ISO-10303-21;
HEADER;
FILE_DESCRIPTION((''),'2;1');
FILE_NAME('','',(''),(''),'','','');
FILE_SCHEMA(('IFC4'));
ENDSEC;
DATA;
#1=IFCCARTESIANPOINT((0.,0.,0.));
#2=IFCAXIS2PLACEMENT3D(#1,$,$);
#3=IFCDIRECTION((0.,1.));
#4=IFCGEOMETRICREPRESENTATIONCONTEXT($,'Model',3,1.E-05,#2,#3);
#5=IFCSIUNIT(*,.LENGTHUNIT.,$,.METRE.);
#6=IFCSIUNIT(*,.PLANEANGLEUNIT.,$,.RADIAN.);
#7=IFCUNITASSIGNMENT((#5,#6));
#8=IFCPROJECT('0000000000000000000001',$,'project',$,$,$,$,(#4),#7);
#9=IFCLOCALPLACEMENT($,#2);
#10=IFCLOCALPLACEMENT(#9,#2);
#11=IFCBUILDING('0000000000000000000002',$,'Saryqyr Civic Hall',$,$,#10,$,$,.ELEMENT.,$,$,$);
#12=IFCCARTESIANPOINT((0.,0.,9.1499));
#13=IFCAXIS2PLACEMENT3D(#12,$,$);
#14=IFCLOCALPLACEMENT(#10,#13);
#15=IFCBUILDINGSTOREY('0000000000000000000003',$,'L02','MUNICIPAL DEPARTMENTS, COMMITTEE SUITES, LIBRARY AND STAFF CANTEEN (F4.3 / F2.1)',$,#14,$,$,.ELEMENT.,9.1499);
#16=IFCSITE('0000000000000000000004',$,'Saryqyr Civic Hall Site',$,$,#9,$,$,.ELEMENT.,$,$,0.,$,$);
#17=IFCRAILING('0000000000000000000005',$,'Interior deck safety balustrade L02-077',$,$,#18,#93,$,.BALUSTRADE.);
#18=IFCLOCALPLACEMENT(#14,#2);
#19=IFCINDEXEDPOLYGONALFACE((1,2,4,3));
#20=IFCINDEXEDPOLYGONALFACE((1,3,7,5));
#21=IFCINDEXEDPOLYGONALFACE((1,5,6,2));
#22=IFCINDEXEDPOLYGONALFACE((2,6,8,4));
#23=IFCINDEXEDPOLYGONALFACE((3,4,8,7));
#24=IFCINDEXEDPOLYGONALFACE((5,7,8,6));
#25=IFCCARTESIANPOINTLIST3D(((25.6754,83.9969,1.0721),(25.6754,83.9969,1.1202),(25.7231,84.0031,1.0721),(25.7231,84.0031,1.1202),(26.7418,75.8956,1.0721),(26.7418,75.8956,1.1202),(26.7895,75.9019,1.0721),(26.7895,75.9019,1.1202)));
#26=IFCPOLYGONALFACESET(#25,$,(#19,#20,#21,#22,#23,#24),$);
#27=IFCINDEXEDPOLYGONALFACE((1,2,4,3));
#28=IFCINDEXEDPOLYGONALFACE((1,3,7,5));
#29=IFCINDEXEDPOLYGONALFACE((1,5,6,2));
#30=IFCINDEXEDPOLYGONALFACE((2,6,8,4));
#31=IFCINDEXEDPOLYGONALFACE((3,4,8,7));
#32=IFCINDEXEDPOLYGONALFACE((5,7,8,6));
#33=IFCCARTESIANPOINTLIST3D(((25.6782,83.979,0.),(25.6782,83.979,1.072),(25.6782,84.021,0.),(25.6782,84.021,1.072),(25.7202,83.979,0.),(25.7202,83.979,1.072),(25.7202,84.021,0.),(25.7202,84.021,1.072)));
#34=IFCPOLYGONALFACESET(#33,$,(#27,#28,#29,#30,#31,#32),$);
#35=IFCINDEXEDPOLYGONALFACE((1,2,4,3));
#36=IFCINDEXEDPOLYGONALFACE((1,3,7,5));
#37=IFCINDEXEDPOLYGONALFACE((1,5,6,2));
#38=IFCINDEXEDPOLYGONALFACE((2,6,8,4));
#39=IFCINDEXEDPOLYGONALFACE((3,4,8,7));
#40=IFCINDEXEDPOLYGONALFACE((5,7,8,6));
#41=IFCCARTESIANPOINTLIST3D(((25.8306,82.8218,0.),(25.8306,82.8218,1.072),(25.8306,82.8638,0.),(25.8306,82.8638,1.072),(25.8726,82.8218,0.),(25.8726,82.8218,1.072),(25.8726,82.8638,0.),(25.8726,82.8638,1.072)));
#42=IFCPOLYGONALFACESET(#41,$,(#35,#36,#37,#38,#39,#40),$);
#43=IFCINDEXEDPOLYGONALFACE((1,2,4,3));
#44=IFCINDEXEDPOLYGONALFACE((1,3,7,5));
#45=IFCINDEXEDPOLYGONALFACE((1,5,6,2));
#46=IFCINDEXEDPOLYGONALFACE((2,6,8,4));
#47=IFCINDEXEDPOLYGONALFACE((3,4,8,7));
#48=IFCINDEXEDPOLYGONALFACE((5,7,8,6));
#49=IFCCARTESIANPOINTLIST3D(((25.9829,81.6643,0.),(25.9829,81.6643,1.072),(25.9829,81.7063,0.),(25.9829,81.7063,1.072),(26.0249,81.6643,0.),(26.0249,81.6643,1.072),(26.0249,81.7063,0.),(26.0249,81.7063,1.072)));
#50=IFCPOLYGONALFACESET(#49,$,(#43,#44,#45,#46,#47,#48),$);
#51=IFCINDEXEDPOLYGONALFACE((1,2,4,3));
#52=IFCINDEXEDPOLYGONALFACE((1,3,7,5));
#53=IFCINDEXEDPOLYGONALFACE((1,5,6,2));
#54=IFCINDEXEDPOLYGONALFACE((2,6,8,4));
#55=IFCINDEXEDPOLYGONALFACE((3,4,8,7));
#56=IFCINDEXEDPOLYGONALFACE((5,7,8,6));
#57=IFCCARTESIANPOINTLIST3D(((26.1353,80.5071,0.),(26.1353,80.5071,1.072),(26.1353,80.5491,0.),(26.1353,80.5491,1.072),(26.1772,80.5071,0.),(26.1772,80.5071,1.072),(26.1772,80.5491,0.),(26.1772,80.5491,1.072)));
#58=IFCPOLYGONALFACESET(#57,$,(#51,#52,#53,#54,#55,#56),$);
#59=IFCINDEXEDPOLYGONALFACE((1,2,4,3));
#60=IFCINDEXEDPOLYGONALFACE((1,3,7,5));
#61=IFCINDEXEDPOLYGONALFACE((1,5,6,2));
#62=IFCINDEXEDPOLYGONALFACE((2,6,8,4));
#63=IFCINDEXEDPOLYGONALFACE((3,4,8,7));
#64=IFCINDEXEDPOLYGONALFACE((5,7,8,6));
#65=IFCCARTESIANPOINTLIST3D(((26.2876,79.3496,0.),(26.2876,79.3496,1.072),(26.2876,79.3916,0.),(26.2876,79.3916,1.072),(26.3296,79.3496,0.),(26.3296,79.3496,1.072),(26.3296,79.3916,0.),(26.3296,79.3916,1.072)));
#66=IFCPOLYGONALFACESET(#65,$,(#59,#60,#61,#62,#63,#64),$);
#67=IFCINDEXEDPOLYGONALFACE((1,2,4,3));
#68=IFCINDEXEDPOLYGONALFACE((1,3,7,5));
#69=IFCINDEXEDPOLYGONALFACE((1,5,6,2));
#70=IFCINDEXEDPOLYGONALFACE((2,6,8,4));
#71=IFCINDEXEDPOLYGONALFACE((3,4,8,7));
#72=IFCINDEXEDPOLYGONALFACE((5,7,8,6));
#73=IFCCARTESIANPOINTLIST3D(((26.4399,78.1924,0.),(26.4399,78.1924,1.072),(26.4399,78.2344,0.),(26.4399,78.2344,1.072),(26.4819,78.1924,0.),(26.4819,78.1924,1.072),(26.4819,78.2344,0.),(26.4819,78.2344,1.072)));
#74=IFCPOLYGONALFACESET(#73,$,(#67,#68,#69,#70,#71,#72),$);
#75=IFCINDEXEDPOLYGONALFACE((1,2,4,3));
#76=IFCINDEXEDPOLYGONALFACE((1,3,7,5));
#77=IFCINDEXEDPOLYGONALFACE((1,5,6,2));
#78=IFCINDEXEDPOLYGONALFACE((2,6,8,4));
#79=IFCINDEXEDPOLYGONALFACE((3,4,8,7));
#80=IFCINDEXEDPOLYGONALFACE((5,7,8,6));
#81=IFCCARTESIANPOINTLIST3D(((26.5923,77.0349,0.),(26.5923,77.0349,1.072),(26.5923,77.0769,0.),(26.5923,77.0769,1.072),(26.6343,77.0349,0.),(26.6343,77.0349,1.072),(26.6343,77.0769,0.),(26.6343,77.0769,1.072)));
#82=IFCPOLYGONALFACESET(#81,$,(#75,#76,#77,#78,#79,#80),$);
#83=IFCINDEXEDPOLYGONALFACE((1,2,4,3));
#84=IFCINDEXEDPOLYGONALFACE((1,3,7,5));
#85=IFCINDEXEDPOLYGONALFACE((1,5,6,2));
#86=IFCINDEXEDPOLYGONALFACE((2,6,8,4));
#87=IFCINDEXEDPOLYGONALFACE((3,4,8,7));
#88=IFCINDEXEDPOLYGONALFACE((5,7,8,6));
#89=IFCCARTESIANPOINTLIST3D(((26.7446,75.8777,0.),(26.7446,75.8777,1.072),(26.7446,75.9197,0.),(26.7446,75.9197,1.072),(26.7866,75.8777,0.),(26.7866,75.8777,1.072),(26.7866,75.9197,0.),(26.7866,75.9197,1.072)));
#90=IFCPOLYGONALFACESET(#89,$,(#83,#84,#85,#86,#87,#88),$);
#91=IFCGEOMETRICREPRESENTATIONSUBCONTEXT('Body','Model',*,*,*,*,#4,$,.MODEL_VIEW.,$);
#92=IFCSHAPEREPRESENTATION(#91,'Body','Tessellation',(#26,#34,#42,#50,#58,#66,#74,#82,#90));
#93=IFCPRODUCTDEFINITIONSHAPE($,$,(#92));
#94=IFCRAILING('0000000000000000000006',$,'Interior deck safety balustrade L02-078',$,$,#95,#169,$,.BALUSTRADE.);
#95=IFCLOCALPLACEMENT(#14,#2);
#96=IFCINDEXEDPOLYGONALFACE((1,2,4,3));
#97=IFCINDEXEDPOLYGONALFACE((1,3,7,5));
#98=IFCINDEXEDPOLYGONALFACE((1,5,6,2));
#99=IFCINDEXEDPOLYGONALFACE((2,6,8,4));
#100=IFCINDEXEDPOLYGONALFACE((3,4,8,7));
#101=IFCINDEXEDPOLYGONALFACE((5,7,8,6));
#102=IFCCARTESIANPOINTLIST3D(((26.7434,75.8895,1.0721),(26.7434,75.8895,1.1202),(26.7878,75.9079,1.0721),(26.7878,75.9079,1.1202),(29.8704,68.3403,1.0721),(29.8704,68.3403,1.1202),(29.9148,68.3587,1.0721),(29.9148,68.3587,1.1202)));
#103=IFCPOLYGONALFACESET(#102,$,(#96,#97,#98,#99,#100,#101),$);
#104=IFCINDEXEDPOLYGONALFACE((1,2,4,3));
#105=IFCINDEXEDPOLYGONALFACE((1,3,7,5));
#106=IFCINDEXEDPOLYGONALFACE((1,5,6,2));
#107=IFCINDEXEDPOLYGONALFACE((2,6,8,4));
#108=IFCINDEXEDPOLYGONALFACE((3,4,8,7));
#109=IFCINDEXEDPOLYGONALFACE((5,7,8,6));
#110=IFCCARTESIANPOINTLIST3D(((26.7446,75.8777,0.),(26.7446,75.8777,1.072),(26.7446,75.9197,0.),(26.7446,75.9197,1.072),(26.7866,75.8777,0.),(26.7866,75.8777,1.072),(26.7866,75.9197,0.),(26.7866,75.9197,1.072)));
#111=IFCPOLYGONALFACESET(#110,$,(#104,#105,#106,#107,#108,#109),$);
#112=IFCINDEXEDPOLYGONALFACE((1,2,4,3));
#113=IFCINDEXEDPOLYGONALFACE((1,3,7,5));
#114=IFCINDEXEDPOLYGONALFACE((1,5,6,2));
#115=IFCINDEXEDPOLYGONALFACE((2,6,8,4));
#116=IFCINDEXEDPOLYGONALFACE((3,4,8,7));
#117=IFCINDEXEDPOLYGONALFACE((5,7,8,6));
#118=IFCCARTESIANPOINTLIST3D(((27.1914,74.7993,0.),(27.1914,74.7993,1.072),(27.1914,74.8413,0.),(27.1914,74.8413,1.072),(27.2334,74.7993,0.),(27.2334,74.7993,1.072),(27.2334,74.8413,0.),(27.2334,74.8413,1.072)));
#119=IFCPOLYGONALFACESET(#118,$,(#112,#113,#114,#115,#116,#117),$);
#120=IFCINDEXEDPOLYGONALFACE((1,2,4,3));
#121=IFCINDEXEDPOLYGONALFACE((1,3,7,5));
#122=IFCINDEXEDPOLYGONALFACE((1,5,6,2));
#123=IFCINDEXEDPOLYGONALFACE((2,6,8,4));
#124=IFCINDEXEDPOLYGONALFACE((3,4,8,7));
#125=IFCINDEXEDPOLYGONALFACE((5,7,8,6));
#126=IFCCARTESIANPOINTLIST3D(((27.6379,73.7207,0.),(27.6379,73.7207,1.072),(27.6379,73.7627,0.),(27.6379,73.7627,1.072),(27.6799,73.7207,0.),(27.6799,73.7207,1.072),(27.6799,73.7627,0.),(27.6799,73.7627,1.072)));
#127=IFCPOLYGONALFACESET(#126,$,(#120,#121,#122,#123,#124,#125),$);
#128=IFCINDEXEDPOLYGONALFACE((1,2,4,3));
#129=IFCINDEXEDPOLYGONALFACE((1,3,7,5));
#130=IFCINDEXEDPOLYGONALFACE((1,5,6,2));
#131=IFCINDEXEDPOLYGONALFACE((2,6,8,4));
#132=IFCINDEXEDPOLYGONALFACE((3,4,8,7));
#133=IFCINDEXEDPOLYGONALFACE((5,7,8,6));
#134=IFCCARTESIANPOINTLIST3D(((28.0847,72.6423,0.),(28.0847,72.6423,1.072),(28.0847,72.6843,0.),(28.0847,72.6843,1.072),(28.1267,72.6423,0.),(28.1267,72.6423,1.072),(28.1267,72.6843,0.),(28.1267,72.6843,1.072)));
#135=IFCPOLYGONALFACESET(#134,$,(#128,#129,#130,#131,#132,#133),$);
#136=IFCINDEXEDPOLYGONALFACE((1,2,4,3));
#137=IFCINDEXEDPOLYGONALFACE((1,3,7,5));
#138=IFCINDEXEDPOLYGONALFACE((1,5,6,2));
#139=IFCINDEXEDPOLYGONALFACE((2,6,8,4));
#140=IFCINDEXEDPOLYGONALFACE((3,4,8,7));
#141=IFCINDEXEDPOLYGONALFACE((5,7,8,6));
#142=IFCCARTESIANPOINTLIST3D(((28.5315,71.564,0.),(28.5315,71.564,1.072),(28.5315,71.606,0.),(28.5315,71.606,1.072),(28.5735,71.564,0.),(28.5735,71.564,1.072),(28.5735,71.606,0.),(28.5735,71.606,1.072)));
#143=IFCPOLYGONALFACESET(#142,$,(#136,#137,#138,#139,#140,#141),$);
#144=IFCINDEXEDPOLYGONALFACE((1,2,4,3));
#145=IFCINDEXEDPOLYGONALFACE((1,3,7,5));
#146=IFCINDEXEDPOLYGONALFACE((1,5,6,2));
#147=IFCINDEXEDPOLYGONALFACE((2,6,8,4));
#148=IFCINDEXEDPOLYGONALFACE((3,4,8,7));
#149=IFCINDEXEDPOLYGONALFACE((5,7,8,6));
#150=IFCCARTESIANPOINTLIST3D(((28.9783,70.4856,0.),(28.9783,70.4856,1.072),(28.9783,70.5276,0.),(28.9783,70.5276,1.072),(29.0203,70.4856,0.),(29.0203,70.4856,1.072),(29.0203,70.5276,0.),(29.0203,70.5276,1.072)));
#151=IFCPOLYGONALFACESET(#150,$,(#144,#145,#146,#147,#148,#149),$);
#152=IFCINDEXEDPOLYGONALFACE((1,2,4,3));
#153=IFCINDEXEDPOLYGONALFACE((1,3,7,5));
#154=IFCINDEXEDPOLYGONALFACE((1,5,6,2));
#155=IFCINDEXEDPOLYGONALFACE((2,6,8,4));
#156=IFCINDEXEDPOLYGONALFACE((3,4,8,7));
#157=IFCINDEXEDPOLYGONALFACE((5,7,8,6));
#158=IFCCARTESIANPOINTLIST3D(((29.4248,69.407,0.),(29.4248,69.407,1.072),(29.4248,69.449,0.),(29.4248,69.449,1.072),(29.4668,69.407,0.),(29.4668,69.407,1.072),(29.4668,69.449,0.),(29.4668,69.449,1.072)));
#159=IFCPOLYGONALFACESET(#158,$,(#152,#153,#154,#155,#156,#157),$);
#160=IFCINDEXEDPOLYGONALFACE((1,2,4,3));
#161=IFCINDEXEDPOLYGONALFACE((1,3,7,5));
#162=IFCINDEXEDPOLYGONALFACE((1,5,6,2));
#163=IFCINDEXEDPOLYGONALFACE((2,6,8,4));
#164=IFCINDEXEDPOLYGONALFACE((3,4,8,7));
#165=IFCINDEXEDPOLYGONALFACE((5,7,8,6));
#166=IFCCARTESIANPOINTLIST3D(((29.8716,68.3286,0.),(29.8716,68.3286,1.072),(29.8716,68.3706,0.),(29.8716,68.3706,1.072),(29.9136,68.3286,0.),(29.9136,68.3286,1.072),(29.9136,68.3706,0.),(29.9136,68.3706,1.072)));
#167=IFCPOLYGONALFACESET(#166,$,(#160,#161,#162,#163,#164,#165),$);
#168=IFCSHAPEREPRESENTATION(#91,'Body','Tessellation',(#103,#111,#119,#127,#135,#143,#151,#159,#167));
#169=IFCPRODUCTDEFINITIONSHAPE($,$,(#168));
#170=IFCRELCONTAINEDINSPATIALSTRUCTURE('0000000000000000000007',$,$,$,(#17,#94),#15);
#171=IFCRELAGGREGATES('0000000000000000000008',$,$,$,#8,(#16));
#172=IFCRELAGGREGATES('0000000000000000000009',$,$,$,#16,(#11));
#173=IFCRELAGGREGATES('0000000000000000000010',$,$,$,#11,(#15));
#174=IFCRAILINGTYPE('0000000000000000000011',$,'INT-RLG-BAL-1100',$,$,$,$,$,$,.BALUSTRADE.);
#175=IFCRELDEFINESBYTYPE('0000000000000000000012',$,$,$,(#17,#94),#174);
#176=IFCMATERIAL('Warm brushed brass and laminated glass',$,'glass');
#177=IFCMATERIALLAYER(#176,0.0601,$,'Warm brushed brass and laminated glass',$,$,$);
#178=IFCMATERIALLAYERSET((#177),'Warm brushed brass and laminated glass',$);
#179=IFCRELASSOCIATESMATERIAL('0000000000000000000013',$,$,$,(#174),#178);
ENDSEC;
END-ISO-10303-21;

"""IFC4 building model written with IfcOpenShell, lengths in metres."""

from ifc_helpers import new_model, si_unit, direction, frame, origin, origin_2d, place, context, subcontext, project, spatial, rectangle, extrude, material, layer, layer_set, type_object, element, save


model = new_model("IFC4")

# Units and contexts
model_context = context("Model", 3, precision=1e-05, world=origin(), true_north=direction((0.0, 1.0)))
body_context = subcontext(model_context, "Body", "Model", "MODEL_VIEW")
ifc_project = project(units=[si_unit("LENGTHUNIT", "METRE"), si_unit("PLANEANGLEUNIT", "RADIAN")], contexts=[model_context])

# Site, building, storey
site_placement = place(None, origin())
site = spatial("IfcSite", under=ifc_project, at=site_placement, Name="Saryqyr Civic Hall Site", CompositionType="ELEMENT", RefElevation=0.0)
building_placement = place(site_placement, origin())
building = spatial("IfcBuilding", under=site, at=building_placement, Name="Saryqyr Civic Hall", CompositionType="ELEMENT")
storey_placement = place(building_placement, frame((0.0, 0.0, 9.1499)))
storey = spatial("IfcBuildingStorey", under=building, at=storey_placement, Name="L02", Description="MUNICIPAL DEPARTMENTS, COMMITTEE SUITES, LIBRARY AND STAFF CANTEEN (F4.3 / F2.1)", CompositionType="ELEMENT", Elevation=9.1499)

# Railings
ifc_material_1 = material(Name="Warm brushed brass and laminated glass", Category="glass")
ifc_layer_1 = layer(ifc_material_1, 0.0601, Name="Warm brushed brass and laminated glass")
ifc_layer_set_1 = layer_set([ifc_layer_1], Name="Warm brushed brass and laminated glass")
railing_type_1 = type_object("IfcRailingType", Name="INT-RLG-BAL-1100", PredefinedType="BALUSTRADE", material=ifc_layer_set_1)
railing_1_placement = place(storey_placement, frame((25.6992, 84.0, 0.0)))
element("IfcRailing", 1, at=railing_1_placement, inside=storey, type_object=railing_type_1, Name="Interior deck safety balustrade L02-077", PredefinedType="BALUSTRADE", context=body_context, shape_type="SweptSolid", body=[
    extrude(rectangle(XDim=0.0481, YDim=0.0481, at=origin_2d()), frame((0.0, 0.0, 1.0962), z_axis=(0.130508, -0.991447, 0.0), x_axis=(0.991447, 0.130508, 0.0)), (0.0, 0.0, 1.0), 8.1711),
    extrude(rectangle(XDim=0.042, YDim=0.042, at=origin_2d()), origin(), (0.0, 0.0, 1.0), 1.072),
    extrude(rectangle(XDim=0.042, YDim=0.042, at=origin_2d()), frame((0.1523, -1.1572, 0.0)), (0.0, 0.0, 1.0), 1.072),
    extrude(rectangle(XDim=0.042, YDim=0.042, at=origin_2d()), frame((0.3047, -2.3147, 0.0)), (0.0, 0.0, 1.0), 1.072),
    extrude(rectangle(XDim=0.042, YDim=0.042, at=origin_2d()), frame((0.457, -3.4719, 0.0)), (0.0, 0.0, 1.0), 1.072),
    extrude(rectangle(XDim=0.042, YDim=0.042, at=origin_2d()), frame((0.6094, -4.6294, 0.0)), (0.0, 0.0, 1.0), 1.072),
    extrude(rectangle(XDim=0.042, YDim=0.042, at=origin_2d()), frame((0.7617, -5.7866, 0.0)), (0.0, 0.0, 1.0), 1.072),
    extrude(rectangle(XDim=0.042, YDim=0.042, at=origin_2d()), frame((0.9141, -6.9441, 0.0)), (0.0, 0.0, 1.0), 1.072),
    extrude(rectangle(XDim=0.042, YDim=0.042, at=origin_2d()), frame((1.0664, -8.1013, 0.0)), (0.0, 0.0, 1.0), 1.072),
])
railing_2_placement = place(storey_placement, frame((26.7656, 75.8987, 0.0)))
element("IfcRailing", 2, at=railing_2_placement, inside=storey, type_object=railing_type_1, Name="Interior deck safety balustrade L02-078", PredefinedType="BALUSTRADE", context=body_context, shape_type="SweptSolid", body=[
    extrude(rectangle(XDim=0.0481, YDim=0.0481, at=origin_2d()), frame((0.0, 0.0, 1.0962), z_axis=(0.382686, -0.923878, 0.0), x_axis=(0.923878, 0.382686, 0.0)), (0.0, 0.0, 1.0), 8.1711),
    extrude(rectangle(XDim=0.042, YDim=0.042, at=origin_2d()), origin(), (0.0, 0.0, 1.0), 1.072),
    extrude(rectangle(XDim=0.042, YDim=0.042, at=origin_2d()), frame((0.4468, -1.0784, 0.0)), (0.0, 0.0, 1.0), 1.072),
    extrude(rectangle(XDim=0.042, YDim=0.042, at=origin_2d()), frame((0.8933, -2.157, 0.0)), (0.0, 0.0, 1.0), 1.072),
    extrude(rectangle(XDim=0.042, YDim=0.042, at=origin_2d()), frame((1.3401, -3.2354, 0.0)), (0.0, 0.0, 1.0), 1.072),
    extrude(rectangle(XDim=0.042, YDim=0.042, at=origin_2d()), frame((1.7869, -4.3137, 0.0)), (0.0, 0.0, 1.0), 1.072),
    extrude(rectangle(XDim=0.042, YDim=0.042, at=origin_2d()), frame((2.2336, -5.3921, 0.0)), (0.0, 0.0, 1.0), 1.072),
    extrude(rectangle(XDim=0.042, YDim=0.042, at=origin_2d()), frame((2.6802, -6.4707, 0.0)), (0.0, 0.0, 1.0), 1.072),
    extrude(rectangle(XDim=0.042, YDim=0.042, at=origin_2d()), frame((3.127, -7.5491, 0.0)), (0.0, 0.0, 1.0), 1.072),
])

save(model, "model.ifc")
